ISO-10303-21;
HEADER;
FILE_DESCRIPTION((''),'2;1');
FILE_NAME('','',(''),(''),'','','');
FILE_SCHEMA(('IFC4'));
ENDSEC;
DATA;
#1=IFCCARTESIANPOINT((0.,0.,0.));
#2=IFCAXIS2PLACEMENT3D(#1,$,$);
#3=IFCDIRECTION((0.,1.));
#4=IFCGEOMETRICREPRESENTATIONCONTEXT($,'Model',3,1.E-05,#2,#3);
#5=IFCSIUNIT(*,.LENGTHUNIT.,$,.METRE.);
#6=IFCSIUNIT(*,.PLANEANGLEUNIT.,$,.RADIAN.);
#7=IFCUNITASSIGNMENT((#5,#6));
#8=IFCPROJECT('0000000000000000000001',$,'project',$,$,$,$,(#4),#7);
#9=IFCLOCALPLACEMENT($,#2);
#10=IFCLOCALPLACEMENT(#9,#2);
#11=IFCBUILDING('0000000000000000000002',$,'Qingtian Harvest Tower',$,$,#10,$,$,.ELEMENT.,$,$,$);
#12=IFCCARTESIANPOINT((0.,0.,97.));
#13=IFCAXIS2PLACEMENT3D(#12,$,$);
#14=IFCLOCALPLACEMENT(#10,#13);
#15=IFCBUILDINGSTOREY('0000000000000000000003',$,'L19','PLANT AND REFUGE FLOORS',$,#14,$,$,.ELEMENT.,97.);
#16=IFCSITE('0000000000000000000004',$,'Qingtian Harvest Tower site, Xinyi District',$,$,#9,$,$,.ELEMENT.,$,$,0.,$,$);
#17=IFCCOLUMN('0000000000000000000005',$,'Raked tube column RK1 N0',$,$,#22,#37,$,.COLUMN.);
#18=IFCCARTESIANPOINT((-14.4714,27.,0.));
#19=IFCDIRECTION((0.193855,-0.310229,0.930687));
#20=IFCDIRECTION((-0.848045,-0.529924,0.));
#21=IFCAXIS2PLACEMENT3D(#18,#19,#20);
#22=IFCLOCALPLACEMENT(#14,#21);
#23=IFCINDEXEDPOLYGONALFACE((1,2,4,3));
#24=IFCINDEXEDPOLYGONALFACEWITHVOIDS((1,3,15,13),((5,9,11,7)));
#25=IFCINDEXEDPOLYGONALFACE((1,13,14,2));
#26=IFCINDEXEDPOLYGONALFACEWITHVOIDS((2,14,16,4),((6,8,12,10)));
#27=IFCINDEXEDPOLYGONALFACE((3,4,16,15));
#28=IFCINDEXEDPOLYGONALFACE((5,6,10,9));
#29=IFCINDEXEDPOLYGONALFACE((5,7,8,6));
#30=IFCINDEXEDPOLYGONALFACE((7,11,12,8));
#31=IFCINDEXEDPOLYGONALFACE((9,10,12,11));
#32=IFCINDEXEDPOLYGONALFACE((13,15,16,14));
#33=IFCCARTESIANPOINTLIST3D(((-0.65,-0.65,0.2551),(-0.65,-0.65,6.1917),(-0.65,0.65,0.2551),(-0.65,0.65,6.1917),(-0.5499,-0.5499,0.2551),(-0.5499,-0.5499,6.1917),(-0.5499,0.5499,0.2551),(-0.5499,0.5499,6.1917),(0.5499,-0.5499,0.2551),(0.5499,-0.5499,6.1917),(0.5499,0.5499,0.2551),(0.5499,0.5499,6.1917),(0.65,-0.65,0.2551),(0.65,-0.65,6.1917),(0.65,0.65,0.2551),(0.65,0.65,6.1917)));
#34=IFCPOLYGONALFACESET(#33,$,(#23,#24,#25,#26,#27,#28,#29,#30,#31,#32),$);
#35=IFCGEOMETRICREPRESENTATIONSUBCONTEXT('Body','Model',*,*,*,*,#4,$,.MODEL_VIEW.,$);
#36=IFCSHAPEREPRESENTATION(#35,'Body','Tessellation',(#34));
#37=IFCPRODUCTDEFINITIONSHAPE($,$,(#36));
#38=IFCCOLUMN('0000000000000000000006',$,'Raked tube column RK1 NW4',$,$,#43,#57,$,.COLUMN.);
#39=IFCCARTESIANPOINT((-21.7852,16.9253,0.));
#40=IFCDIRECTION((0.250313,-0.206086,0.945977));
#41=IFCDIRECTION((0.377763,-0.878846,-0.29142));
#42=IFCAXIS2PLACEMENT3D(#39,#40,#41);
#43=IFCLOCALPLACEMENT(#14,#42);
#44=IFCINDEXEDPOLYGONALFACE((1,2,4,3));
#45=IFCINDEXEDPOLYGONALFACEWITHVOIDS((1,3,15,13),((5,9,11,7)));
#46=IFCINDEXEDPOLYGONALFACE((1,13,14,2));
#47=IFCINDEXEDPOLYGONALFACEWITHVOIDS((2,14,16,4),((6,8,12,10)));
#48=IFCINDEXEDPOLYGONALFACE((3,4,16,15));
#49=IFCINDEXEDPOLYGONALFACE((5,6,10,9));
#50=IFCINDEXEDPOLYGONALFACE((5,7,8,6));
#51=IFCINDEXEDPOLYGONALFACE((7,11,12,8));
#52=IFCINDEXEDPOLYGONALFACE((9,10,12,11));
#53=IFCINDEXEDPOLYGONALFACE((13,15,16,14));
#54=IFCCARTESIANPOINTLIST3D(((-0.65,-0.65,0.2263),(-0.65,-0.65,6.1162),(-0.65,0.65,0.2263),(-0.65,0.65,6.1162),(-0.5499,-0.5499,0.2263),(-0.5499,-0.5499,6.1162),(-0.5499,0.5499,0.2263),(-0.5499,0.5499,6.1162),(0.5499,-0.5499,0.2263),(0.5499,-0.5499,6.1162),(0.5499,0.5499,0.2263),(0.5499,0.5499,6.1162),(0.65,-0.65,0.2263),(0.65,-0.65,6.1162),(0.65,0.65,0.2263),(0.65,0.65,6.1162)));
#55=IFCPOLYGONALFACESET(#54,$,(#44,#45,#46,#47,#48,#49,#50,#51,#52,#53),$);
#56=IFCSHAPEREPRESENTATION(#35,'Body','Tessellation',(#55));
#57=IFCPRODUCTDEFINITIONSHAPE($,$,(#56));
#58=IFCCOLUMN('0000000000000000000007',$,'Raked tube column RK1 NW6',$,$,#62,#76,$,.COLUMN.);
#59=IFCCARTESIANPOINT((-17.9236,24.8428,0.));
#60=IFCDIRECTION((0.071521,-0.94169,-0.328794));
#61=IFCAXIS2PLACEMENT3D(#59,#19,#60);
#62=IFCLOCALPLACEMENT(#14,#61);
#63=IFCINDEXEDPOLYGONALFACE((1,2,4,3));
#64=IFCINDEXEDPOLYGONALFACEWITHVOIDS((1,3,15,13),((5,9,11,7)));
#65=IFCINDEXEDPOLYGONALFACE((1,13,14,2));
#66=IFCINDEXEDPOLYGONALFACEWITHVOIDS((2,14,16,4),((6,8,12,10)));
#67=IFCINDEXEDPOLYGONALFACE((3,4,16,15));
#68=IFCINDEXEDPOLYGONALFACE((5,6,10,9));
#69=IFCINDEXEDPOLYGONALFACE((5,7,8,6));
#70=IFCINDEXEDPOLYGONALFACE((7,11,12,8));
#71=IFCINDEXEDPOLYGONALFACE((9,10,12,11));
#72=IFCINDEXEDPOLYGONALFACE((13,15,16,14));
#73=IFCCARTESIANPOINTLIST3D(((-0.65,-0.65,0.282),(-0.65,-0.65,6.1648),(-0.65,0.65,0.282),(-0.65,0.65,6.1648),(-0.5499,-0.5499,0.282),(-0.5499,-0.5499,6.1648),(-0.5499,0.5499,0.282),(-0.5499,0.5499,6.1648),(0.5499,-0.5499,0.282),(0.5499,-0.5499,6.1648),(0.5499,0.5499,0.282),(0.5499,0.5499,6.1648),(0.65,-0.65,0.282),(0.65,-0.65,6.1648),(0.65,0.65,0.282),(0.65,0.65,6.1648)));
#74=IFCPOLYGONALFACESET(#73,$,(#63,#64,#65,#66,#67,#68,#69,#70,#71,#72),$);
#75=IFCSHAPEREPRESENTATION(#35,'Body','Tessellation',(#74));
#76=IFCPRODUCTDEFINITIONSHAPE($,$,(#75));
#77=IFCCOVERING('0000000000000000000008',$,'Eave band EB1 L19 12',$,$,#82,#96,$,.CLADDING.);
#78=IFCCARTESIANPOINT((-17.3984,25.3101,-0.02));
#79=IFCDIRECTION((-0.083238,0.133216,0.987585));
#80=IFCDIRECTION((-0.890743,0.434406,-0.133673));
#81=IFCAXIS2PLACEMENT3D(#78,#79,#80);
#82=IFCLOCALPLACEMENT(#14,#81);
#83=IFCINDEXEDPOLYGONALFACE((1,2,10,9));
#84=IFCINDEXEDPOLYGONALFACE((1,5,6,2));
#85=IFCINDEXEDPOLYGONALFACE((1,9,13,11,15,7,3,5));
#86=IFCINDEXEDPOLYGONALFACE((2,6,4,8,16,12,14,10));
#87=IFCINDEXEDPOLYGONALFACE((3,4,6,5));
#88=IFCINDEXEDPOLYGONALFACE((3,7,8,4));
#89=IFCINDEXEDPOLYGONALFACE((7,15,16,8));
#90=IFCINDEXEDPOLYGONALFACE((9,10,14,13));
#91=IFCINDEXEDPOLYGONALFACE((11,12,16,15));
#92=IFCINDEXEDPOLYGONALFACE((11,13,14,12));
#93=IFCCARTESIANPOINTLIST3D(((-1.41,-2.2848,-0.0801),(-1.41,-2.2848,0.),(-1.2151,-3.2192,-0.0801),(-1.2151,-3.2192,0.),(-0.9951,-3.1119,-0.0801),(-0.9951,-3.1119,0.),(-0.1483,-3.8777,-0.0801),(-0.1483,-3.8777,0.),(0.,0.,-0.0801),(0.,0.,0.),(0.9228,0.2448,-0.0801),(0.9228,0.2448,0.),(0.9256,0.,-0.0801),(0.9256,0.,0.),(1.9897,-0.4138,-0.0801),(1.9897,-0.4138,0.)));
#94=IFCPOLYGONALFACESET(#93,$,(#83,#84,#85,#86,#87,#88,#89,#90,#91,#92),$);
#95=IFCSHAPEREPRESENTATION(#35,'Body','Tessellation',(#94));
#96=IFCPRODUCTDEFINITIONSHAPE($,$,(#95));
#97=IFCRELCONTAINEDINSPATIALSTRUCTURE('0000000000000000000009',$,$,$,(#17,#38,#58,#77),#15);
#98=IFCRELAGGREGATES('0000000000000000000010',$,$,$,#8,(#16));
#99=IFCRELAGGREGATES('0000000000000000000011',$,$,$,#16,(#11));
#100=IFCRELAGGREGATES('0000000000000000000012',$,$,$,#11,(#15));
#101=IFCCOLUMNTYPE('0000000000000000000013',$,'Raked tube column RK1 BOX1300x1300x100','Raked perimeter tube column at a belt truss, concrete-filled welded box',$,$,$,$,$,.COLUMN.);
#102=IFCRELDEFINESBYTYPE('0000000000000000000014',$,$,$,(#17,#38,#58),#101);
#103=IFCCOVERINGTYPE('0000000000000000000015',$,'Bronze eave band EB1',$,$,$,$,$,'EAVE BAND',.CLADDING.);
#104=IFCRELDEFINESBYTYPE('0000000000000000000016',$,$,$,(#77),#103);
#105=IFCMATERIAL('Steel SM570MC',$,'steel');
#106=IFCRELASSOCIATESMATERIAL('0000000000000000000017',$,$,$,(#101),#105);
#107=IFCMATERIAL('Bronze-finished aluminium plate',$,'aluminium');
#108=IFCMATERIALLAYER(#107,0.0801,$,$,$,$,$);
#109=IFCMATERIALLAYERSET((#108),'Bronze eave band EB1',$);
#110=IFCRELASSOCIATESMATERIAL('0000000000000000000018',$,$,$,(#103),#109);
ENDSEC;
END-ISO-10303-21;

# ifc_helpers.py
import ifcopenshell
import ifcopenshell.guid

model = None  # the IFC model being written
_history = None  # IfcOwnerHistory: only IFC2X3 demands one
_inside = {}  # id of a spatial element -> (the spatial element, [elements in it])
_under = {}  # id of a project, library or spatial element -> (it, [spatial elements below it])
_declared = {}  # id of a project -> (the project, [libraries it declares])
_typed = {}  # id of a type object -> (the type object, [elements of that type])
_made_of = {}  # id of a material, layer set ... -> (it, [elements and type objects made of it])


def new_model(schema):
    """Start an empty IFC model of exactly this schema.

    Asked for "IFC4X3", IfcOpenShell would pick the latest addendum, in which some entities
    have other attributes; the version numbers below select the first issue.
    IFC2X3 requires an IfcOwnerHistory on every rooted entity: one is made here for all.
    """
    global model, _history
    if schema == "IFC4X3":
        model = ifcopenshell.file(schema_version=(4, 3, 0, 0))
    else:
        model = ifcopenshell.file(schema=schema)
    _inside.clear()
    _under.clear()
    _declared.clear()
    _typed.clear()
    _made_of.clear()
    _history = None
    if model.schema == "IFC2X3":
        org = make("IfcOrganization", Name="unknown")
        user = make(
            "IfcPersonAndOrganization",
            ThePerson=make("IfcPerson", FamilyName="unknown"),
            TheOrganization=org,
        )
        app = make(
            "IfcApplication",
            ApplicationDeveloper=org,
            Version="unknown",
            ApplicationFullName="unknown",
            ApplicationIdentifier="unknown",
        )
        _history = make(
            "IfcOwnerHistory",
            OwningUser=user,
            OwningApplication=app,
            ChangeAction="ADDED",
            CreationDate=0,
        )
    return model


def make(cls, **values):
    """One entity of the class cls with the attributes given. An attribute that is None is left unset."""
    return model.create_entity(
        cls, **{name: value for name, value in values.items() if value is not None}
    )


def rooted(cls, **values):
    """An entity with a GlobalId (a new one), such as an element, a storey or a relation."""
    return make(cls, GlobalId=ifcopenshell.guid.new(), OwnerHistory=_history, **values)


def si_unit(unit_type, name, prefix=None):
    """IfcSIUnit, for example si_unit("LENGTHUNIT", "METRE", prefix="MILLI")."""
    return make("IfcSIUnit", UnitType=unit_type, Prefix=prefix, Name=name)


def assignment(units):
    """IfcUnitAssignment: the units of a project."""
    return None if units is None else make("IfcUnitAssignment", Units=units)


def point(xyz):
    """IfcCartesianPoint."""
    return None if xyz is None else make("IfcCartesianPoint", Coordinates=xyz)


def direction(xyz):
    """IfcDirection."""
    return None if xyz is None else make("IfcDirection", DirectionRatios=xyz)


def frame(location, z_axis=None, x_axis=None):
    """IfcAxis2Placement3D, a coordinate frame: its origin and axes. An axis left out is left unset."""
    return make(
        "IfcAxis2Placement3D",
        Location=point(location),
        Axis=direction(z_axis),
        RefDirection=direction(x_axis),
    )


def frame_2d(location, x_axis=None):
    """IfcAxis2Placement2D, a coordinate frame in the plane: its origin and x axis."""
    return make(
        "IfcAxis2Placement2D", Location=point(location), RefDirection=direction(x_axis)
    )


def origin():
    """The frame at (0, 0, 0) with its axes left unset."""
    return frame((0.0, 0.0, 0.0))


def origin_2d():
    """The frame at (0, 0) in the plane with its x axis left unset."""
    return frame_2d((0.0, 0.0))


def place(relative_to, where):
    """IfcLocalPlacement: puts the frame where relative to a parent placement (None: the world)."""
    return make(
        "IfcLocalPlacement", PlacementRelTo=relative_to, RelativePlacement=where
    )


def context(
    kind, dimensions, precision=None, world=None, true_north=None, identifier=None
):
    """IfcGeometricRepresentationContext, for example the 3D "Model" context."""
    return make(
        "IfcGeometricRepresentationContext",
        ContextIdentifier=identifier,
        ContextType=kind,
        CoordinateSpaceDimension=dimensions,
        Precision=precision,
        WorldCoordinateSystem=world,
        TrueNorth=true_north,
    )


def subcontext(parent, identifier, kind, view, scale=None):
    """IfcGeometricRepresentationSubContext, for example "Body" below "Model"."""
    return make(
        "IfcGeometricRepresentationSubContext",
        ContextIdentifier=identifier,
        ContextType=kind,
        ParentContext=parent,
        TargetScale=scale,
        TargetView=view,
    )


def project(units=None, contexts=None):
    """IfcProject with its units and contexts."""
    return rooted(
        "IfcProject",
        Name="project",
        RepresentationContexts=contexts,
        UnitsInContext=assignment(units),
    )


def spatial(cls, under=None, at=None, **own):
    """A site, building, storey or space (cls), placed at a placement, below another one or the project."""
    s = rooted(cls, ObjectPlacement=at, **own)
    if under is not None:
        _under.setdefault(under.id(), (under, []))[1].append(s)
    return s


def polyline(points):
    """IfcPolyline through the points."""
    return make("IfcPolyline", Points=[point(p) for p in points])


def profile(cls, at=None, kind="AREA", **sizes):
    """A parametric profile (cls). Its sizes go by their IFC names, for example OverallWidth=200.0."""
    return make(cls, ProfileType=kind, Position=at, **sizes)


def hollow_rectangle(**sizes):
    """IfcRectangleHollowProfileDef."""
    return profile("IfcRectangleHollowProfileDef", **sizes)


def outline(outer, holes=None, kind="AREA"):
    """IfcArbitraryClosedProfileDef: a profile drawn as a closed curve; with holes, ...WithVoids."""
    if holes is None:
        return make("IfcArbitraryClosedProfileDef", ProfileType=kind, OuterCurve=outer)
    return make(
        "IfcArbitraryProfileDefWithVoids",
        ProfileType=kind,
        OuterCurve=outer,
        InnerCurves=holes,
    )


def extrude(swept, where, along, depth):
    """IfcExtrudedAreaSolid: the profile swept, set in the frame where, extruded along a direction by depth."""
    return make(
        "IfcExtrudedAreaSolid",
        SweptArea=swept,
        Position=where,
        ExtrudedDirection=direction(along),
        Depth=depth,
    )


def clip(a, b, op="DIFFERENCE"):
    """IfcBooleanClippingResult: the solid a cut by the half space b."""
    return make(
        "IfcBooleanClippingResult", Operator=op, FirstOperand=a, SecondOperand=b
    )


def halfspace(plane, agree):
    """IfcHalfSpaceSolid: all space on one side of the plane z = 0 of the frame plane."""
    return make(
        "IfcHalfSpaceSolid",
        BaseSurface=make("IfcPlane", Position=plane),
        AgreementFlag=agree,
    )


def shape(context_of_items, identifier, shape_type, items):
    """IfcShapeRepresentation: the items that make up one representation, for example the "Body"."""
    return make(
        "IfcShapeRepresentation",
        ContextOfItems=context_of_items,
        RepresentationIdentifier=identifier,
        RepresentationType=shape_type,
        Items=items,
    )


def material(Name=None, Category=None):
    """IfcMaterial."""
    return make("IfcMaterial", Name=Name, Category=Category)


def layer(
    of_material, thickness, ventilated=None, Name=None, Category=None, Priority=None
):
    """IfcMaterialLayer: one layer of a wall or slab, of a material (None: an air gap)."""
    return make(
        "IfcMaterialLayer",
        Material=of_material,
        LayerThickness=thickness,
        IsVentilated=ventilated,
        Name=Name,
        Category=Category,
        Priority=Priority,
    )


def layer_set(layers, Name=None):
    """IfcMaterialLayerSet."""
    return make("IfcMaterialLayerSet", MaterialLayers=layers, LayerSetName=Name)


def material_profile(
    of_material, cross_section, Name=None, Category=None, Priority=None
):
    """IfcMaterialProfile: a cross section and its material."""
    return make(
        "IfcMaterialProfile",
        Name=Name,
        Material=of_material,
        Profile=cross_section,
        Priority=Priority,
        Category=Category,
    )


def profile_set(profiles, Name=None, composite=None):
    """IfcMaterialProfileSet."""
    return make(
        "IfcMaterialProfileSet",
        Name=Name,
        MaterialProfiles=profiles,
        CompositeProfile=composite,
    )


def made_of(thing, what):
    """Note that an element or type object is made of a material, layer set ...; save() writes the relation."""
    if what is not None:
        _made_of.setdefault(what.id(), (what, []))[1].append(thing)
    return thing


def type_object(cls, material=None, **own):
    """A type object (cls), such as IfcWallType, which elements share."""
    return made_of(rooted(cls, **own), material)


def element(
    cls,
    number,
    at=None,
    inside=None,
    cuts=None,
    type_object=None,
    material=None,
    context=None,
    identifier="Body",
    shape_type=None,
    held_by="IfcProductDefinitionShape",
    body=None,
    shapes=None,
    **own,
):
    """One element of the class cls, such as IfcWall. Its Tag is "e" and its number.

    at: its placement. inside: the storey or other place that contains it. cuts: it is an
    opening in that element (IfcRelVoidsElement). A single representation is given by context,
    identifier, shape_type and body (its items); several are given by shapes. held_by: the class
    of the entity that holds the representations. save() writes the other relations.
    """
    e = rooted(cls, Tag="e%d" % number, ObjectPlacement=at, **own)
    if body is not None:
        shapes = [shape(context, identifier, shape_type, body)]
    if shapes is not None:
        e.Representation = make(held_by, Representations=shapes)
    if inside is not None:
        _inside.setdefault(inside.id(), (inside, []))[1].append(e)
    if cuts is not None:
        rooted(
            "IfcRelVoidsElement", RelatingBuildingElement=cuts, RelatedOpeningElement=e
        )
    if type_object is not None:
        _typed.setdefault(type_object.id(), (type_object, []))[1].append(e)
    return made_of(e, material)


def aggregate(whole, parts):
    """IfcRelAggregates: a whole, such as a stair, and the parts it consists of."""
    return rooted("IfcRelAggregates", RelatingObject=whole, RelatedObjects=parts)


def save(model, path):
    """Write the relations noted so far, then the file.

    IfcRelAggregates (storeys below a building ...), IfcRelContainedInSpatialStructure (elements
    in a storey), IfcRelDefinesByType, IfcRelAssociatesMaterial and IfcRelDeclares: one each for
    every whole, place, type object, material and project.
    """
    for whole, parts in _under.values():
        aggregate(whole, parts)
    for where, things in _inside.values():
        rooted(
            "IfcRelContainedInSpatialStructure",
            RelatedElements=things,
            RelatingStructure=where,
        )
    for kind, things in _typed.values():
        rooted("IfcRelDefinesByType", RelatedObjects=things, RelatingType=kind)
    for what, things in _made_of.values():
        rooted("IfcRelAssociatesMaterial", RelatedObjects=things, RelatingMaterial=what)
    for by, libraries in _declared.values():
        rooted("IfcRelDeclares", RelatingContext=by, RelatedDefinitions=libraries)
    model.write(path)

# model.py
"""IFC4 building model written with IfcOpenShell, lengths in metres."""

from ifc_helpers import new_model, si_unit, direction, frame, origin, origin_2d, place, context, subcontext, project, spatial, polyline, hollow_rectangle, outline, extrude, clip, halfspace, material, layer, layer_set, material_profile, profile_set, type_object, element, save


model = new_model("IFC4")

# Units and contexts
model_context = context("Model", 3, precision=1e-05, world=origin(), true_north=direction((0.0, 1.0)))
body_context = subcontext(model_context, "Body", "Model", "MODEL_VIEW")
ifc_project = project(units=[si_unit("LENGTHUNIT", "METRE"), si_unit("PLANEANGLEUNIT", "RADIAN")], contexts=[model_context])

# Site, building, storey
site_placement = place(None, origin())
site = spatial("IfcSite", under=ifc_project, at=site_placement, Name="Qingtian Harvest Tower site, Xinyi District", CompositionType="ELEMENT", RefElevation=0.0)
building_placement = place(site_placement, origin())
building = spatial("IfcBuilding", under=site, at=building_placement, Name="Qingtian Harvest Tower", CompositionType="ELEMENT")
storey_placement = place(building_placement, frame((0.0, 0.0, 97.0)))
storey = spatial("IfcBuildingStorey", under=building, at=storey_placement, Name="L19", Description="PLANT AND REFUGE FLOORS", CompositionType="ELEMENT", Elevation=97.0)

# Columns
ifc_material_1 = material(Name="Steel SM570MC", Category="steel")
ifc_material_profile_1 = material_profile(ifc_material_1, hollow_rectangle(XDim=1.3, YDim=1.3, WallThickness=0.1001, at=origin_2d()), Name="BOX1300x1300x100")
ifc_profile_set_1 = profile_set([ifc_material_profile_1], Name="Steel SM570MC")
column_type = type_object("IfcColumnType", Name="Raked tube column RK1 BOX1300x1300x100", Description="Raked perimeter tube column at a belt truss, concrete-filled welded box", PredefinedType="COLUMN", material=ifc_profile_set_1)
column_1_placement = place(storey_placement, frame((-14.4714, 27.0, 0.0), z_axis=(0.193855, -0.310229, 0.930687), x_axis=(-0.848045, -0.529924, 0.0)))
element("IfcColumn", 1, at=column_1_placement, inside=storey, type_object=column_type, Name="Raked tube column RK1 N0", PredefinedType="COLUMN", context=body_context, shape_type="Clipping", body=[
    clip(clip(extrude(hollow_rectangle(XDim=1.3, YDim=1.3, WallThickness=0.1001, at=origin_2d()), origin(), (0.0, 0.0, 1.0), 6.4468), halfspace(frame((0.0, 0.0, 0.2551), z_axis=(0.0, 0.0, -1.0), x_axis=(0.0, -1.0, 0.0)), False)), halfspace(frame((0.0, 0.0, 6.1917), z_axis=(0.0, 0.0, 1.0), x_axis=(0.0, 1.0, 0.0)), False)),
])
column_2_placement = place(storey_placement, frame((-21.7852, 16.9253, 0.0), z_axis=(0.250313, -0.206086, 0.945977), x_axis=(0.377763, -0.878846, -0.29142)))
element("IfcColumn", 2, at=column_2_placement, inside=storey, type_object=column_type, Name="Raked tube column RK1 NW4", PredefinedType="COLUMN", context=body_context, shape_type="Clipping", body=[
    clip(clip(extrude(hollow_rectangle(XDim=1.3, YDim=1.3, WallThickness=0.1001, at=origin_2d()), origin(), (0.0, 0.0, 1.0), 6.3425), halfspace(frame((0.0, 0.0, 0.2263), z_axis=(0.0, 0.0, -1.0), x_axis=(0.0, -1.0, 0.0)), False)), halfspace(frame((0.0, 0.0, 6.1162), z_axis=(0.0, 0.0, 1.0), x_axis=(0.0, 1.0, 0.0)), False)),
])
column_3_placement = place(storey_placement, frame((-17.9236, 24.8428, 0.0), z_axis=(0.193855, -0.310229, 0.930687), x_axis=(0.071521, -0.94169, -0.328794)))
element("IfcColumn", 3, at=column_3_placement, inside=storey, type_object=column_type, Name="Raked tube column RK1 NW6", PredefinedType="COLUMN", context=body_context, shape_type="Clipping", body=[
    clip(clip(extrude(hollow_rectangle(XDim=1.3, YDim=1.3, WallThickness=0.1001, at=origin_2d()), origin(), (0.0, 0.0, 1.0), 6.4468), halfspace(frame((0.0, 0.0, 0.282), z_axis=(0.0, 0.0, -1.0), x_axis=(0.0, -1.0, 0.0)), False)), halfspace(frame((0.0, 0.0, 6.1648), z_axis=(0.0, 0.0, 1.0), x_axis=(0.0, 1.0, 0.0)), False)),
])

# Covering
ifc_material_2 = material(Name="Bronze-finished aluminium plate", Category="aluminium")
ifc_layer_1 = layer(ifc_material_2, 0.0801)
ifc_layer_set_1 = layer_set([ifc_layer_1], Name="Bronze eave band EB1")
covering_type = type_object("IfcCoveringType", Name="Bronze eave band EB1", ElementType="EAVE BAND", PredefinedType="CLADDING", material=ifc_layer_set_1)
covering_placement = place(storey_placement, frame((-17.3984, 25.3101, -0.02), z_axis=(-0.083238, 0.133216, 0.987585), x_axis=(-0.890743, 0.434406, -0.133673)))
element("IfcCovering", 4, at=covering_placement, inside=storey, type_object=covering_type, Name="Eave band EB1 L19 12", PredefinedType="CLADDING", context=body_context, shape_type="SweptSolid", body=[
    extrude(outline(polyline([(0.0, 0.0), (0.9256, 0.0), (0.9228, 0.2448), (1.9897, -0.4138), (-0.1483, -3.8777), (-1.2151, -3.2192), (-0.9951, -3.1119), (-1.41, -2.2848), (0.0, 0.0)])), origin(), (0.0, 0.0, -1.0), 0.0801),
])

save(model, "model.ifc")
